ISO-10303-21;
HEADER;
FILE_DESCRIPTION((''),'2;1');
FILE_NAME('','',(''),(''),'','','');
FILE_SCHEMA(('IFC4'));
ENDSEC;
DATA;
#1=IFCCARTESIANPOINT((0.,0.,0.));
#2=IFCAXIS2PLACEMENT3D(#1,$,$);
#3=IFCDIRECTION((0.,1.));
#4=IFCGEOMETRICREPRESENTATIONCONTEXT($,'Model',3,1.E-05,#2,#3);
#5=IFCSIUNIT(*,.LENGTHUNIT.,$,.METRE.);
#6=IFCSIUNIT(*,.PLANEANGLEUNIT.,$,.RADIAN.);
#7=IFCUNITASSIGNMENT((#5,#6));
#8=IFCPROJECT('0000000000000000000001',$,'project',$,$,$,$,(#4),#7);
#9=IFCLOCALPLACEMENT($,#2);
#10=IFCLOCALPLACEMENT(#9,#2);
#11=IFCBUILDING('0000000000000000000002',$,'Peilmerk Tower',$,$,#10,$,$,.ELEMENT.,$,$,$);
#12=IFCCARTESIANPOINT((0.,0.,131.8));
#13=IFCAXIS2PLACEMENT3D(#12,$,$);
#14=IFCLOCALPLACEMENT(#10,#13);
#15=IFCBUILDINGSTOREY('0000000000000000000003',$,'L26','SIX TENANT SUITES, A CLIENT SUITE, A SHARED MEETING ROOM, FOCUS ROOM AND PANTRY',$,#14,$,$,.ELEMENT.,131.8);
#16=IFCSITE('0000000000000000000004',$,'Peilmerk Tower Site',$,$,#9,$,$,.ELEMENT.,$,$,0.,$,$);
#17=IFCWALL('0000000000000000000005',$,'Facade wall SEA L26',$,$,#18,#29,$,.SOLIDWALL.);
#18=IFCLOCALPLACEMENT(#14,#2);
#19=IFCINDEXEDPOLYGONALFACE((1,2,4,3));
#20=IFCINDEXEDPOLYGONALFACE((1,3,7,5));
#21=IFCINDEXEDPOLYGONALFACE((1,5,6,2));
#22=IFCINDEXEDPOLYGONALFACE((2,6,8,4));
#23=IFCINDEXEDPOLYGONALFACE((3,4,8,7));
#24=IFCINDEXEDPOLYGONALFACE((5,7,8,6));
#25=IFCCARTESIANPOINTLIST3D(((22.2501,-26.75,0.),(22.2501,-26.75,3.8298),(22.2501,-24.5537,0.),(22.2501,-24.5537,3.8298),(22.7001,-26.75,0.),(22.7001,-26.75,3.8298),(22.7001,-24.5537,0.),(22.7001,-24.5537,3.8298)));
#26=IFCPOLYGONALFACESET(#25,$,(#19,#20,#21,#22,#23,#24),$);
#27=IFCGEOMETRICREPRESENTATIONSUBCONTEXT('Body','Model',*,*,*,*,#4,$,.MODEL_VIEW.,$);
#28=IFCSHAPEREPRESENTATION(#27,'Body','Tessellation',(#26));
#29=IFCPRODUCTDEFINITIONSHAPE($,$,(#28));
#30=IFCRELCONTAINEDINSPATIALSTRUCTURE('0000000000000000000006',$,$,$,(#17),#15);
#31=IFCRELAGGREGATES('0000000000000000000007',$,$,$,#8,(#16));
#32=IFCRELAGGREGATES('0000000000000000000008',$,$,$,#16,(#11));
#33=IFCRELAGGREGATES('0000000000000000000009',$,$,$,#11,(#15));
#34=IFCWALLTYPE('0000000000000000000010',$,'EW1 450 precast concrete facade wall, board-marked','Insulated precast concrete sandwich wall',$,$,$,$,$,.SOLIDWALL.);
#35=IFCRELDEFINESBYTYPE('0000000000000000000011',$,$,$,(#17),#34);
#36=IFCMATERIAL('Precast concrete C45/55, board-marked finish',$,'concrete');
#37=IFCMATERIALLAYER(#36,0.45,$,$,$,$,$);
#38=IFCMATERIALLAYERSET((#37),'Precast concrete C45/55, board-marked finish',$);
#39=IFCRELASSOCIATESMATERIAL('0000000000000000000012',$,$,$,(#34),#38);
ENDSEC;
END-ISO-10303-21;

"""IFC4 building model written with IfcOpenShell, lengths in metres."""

from ifc_helpers import new_model, si_unit, direction, frame, frame_2d, origin, place, context, subcontext, project, spatial, rectangle, extrude, material, layer, layer_set, type_object, element, save


model = new_model("IFC4")

# Units and contexts
model_context = context("Model", 3, precision=1e-05, world=origin(), true_north=direction((0.0, 1.0)))
body_context = subcontext(model_context, "Body", "Model", "MODEL_VIEW")
ifc_project = project(units=[si_unit("LENGTHUNIT", "METRE"), si_unit("PLANEANGLEUNIT", "RADIAN")], contexts=[model_context])

# Site, building, storey
site_placement = place(None, origin())
site = spatial("IfcSite", under=ifc_project, at=site_placement, Name="Peilmerk Tower Site", CompositionType="ELEMENT", RefElevation=0.0)
building_placement = place(site_placement, origin())
building = spatial("IfcBuilding", under=site, at=building_placement, Name="Peilmerk Tower", CompositionType="ELEMENT")
storey_placement = place(building_placement, frame((0.0, 0.0, 131.8)))
storey = spatial("IfcBuildingStorey", under=building, at=storey_placement, Name="L26", Description="SIX TENANT SUITES, A CLIENT SUITE, A SHARED MEETING ROOM, FOCUS ROOM AND PANTRY", CompositionType="ELEMENT", Elevation=131.8)

# Shared definitions
ifc_material_1 = material(Name="Precast concrete C45/55, board-marked finish", Category="concrete")
ifc_layer_1 = layer(ifc_material_1, 0.45)
ifc_layer_set_1 = layer_set([ifc_layer_1], Name="Precast concrete C45/55, board-marked finish")
wall_type = type_object("IfcWallType", Name="EW1 450 precast concrete facade wall, board-marked", Description="Insulated precast concrete sandwich wall", PredefinedType="SOLIDWALL", material=ifc_layer_set_1)

# Wall
wall_1_placement = place(storey_placement, frame((22.4751, -24.5537, 0.0), z_axis=(0.0, 0.0, 1.0), x_axis=(0.0, -1.0, 0.0)))
element("IfcWall", 1, at=wall_1_placement, inside=storey, type_object=wall_type, Name="Facade wall SEA L26", PredefinedType="SOLIDWALL", context=body_context, shape_type="SweptSolid", body=[
    extrude(rectangle(XDim=2.1963, YDim=0.45, at=frame_2d((1.0981, 0.0))), origin(), (0.0, 0.0, 1.0), 3.8298),
])

save(model, "model.ifc")
